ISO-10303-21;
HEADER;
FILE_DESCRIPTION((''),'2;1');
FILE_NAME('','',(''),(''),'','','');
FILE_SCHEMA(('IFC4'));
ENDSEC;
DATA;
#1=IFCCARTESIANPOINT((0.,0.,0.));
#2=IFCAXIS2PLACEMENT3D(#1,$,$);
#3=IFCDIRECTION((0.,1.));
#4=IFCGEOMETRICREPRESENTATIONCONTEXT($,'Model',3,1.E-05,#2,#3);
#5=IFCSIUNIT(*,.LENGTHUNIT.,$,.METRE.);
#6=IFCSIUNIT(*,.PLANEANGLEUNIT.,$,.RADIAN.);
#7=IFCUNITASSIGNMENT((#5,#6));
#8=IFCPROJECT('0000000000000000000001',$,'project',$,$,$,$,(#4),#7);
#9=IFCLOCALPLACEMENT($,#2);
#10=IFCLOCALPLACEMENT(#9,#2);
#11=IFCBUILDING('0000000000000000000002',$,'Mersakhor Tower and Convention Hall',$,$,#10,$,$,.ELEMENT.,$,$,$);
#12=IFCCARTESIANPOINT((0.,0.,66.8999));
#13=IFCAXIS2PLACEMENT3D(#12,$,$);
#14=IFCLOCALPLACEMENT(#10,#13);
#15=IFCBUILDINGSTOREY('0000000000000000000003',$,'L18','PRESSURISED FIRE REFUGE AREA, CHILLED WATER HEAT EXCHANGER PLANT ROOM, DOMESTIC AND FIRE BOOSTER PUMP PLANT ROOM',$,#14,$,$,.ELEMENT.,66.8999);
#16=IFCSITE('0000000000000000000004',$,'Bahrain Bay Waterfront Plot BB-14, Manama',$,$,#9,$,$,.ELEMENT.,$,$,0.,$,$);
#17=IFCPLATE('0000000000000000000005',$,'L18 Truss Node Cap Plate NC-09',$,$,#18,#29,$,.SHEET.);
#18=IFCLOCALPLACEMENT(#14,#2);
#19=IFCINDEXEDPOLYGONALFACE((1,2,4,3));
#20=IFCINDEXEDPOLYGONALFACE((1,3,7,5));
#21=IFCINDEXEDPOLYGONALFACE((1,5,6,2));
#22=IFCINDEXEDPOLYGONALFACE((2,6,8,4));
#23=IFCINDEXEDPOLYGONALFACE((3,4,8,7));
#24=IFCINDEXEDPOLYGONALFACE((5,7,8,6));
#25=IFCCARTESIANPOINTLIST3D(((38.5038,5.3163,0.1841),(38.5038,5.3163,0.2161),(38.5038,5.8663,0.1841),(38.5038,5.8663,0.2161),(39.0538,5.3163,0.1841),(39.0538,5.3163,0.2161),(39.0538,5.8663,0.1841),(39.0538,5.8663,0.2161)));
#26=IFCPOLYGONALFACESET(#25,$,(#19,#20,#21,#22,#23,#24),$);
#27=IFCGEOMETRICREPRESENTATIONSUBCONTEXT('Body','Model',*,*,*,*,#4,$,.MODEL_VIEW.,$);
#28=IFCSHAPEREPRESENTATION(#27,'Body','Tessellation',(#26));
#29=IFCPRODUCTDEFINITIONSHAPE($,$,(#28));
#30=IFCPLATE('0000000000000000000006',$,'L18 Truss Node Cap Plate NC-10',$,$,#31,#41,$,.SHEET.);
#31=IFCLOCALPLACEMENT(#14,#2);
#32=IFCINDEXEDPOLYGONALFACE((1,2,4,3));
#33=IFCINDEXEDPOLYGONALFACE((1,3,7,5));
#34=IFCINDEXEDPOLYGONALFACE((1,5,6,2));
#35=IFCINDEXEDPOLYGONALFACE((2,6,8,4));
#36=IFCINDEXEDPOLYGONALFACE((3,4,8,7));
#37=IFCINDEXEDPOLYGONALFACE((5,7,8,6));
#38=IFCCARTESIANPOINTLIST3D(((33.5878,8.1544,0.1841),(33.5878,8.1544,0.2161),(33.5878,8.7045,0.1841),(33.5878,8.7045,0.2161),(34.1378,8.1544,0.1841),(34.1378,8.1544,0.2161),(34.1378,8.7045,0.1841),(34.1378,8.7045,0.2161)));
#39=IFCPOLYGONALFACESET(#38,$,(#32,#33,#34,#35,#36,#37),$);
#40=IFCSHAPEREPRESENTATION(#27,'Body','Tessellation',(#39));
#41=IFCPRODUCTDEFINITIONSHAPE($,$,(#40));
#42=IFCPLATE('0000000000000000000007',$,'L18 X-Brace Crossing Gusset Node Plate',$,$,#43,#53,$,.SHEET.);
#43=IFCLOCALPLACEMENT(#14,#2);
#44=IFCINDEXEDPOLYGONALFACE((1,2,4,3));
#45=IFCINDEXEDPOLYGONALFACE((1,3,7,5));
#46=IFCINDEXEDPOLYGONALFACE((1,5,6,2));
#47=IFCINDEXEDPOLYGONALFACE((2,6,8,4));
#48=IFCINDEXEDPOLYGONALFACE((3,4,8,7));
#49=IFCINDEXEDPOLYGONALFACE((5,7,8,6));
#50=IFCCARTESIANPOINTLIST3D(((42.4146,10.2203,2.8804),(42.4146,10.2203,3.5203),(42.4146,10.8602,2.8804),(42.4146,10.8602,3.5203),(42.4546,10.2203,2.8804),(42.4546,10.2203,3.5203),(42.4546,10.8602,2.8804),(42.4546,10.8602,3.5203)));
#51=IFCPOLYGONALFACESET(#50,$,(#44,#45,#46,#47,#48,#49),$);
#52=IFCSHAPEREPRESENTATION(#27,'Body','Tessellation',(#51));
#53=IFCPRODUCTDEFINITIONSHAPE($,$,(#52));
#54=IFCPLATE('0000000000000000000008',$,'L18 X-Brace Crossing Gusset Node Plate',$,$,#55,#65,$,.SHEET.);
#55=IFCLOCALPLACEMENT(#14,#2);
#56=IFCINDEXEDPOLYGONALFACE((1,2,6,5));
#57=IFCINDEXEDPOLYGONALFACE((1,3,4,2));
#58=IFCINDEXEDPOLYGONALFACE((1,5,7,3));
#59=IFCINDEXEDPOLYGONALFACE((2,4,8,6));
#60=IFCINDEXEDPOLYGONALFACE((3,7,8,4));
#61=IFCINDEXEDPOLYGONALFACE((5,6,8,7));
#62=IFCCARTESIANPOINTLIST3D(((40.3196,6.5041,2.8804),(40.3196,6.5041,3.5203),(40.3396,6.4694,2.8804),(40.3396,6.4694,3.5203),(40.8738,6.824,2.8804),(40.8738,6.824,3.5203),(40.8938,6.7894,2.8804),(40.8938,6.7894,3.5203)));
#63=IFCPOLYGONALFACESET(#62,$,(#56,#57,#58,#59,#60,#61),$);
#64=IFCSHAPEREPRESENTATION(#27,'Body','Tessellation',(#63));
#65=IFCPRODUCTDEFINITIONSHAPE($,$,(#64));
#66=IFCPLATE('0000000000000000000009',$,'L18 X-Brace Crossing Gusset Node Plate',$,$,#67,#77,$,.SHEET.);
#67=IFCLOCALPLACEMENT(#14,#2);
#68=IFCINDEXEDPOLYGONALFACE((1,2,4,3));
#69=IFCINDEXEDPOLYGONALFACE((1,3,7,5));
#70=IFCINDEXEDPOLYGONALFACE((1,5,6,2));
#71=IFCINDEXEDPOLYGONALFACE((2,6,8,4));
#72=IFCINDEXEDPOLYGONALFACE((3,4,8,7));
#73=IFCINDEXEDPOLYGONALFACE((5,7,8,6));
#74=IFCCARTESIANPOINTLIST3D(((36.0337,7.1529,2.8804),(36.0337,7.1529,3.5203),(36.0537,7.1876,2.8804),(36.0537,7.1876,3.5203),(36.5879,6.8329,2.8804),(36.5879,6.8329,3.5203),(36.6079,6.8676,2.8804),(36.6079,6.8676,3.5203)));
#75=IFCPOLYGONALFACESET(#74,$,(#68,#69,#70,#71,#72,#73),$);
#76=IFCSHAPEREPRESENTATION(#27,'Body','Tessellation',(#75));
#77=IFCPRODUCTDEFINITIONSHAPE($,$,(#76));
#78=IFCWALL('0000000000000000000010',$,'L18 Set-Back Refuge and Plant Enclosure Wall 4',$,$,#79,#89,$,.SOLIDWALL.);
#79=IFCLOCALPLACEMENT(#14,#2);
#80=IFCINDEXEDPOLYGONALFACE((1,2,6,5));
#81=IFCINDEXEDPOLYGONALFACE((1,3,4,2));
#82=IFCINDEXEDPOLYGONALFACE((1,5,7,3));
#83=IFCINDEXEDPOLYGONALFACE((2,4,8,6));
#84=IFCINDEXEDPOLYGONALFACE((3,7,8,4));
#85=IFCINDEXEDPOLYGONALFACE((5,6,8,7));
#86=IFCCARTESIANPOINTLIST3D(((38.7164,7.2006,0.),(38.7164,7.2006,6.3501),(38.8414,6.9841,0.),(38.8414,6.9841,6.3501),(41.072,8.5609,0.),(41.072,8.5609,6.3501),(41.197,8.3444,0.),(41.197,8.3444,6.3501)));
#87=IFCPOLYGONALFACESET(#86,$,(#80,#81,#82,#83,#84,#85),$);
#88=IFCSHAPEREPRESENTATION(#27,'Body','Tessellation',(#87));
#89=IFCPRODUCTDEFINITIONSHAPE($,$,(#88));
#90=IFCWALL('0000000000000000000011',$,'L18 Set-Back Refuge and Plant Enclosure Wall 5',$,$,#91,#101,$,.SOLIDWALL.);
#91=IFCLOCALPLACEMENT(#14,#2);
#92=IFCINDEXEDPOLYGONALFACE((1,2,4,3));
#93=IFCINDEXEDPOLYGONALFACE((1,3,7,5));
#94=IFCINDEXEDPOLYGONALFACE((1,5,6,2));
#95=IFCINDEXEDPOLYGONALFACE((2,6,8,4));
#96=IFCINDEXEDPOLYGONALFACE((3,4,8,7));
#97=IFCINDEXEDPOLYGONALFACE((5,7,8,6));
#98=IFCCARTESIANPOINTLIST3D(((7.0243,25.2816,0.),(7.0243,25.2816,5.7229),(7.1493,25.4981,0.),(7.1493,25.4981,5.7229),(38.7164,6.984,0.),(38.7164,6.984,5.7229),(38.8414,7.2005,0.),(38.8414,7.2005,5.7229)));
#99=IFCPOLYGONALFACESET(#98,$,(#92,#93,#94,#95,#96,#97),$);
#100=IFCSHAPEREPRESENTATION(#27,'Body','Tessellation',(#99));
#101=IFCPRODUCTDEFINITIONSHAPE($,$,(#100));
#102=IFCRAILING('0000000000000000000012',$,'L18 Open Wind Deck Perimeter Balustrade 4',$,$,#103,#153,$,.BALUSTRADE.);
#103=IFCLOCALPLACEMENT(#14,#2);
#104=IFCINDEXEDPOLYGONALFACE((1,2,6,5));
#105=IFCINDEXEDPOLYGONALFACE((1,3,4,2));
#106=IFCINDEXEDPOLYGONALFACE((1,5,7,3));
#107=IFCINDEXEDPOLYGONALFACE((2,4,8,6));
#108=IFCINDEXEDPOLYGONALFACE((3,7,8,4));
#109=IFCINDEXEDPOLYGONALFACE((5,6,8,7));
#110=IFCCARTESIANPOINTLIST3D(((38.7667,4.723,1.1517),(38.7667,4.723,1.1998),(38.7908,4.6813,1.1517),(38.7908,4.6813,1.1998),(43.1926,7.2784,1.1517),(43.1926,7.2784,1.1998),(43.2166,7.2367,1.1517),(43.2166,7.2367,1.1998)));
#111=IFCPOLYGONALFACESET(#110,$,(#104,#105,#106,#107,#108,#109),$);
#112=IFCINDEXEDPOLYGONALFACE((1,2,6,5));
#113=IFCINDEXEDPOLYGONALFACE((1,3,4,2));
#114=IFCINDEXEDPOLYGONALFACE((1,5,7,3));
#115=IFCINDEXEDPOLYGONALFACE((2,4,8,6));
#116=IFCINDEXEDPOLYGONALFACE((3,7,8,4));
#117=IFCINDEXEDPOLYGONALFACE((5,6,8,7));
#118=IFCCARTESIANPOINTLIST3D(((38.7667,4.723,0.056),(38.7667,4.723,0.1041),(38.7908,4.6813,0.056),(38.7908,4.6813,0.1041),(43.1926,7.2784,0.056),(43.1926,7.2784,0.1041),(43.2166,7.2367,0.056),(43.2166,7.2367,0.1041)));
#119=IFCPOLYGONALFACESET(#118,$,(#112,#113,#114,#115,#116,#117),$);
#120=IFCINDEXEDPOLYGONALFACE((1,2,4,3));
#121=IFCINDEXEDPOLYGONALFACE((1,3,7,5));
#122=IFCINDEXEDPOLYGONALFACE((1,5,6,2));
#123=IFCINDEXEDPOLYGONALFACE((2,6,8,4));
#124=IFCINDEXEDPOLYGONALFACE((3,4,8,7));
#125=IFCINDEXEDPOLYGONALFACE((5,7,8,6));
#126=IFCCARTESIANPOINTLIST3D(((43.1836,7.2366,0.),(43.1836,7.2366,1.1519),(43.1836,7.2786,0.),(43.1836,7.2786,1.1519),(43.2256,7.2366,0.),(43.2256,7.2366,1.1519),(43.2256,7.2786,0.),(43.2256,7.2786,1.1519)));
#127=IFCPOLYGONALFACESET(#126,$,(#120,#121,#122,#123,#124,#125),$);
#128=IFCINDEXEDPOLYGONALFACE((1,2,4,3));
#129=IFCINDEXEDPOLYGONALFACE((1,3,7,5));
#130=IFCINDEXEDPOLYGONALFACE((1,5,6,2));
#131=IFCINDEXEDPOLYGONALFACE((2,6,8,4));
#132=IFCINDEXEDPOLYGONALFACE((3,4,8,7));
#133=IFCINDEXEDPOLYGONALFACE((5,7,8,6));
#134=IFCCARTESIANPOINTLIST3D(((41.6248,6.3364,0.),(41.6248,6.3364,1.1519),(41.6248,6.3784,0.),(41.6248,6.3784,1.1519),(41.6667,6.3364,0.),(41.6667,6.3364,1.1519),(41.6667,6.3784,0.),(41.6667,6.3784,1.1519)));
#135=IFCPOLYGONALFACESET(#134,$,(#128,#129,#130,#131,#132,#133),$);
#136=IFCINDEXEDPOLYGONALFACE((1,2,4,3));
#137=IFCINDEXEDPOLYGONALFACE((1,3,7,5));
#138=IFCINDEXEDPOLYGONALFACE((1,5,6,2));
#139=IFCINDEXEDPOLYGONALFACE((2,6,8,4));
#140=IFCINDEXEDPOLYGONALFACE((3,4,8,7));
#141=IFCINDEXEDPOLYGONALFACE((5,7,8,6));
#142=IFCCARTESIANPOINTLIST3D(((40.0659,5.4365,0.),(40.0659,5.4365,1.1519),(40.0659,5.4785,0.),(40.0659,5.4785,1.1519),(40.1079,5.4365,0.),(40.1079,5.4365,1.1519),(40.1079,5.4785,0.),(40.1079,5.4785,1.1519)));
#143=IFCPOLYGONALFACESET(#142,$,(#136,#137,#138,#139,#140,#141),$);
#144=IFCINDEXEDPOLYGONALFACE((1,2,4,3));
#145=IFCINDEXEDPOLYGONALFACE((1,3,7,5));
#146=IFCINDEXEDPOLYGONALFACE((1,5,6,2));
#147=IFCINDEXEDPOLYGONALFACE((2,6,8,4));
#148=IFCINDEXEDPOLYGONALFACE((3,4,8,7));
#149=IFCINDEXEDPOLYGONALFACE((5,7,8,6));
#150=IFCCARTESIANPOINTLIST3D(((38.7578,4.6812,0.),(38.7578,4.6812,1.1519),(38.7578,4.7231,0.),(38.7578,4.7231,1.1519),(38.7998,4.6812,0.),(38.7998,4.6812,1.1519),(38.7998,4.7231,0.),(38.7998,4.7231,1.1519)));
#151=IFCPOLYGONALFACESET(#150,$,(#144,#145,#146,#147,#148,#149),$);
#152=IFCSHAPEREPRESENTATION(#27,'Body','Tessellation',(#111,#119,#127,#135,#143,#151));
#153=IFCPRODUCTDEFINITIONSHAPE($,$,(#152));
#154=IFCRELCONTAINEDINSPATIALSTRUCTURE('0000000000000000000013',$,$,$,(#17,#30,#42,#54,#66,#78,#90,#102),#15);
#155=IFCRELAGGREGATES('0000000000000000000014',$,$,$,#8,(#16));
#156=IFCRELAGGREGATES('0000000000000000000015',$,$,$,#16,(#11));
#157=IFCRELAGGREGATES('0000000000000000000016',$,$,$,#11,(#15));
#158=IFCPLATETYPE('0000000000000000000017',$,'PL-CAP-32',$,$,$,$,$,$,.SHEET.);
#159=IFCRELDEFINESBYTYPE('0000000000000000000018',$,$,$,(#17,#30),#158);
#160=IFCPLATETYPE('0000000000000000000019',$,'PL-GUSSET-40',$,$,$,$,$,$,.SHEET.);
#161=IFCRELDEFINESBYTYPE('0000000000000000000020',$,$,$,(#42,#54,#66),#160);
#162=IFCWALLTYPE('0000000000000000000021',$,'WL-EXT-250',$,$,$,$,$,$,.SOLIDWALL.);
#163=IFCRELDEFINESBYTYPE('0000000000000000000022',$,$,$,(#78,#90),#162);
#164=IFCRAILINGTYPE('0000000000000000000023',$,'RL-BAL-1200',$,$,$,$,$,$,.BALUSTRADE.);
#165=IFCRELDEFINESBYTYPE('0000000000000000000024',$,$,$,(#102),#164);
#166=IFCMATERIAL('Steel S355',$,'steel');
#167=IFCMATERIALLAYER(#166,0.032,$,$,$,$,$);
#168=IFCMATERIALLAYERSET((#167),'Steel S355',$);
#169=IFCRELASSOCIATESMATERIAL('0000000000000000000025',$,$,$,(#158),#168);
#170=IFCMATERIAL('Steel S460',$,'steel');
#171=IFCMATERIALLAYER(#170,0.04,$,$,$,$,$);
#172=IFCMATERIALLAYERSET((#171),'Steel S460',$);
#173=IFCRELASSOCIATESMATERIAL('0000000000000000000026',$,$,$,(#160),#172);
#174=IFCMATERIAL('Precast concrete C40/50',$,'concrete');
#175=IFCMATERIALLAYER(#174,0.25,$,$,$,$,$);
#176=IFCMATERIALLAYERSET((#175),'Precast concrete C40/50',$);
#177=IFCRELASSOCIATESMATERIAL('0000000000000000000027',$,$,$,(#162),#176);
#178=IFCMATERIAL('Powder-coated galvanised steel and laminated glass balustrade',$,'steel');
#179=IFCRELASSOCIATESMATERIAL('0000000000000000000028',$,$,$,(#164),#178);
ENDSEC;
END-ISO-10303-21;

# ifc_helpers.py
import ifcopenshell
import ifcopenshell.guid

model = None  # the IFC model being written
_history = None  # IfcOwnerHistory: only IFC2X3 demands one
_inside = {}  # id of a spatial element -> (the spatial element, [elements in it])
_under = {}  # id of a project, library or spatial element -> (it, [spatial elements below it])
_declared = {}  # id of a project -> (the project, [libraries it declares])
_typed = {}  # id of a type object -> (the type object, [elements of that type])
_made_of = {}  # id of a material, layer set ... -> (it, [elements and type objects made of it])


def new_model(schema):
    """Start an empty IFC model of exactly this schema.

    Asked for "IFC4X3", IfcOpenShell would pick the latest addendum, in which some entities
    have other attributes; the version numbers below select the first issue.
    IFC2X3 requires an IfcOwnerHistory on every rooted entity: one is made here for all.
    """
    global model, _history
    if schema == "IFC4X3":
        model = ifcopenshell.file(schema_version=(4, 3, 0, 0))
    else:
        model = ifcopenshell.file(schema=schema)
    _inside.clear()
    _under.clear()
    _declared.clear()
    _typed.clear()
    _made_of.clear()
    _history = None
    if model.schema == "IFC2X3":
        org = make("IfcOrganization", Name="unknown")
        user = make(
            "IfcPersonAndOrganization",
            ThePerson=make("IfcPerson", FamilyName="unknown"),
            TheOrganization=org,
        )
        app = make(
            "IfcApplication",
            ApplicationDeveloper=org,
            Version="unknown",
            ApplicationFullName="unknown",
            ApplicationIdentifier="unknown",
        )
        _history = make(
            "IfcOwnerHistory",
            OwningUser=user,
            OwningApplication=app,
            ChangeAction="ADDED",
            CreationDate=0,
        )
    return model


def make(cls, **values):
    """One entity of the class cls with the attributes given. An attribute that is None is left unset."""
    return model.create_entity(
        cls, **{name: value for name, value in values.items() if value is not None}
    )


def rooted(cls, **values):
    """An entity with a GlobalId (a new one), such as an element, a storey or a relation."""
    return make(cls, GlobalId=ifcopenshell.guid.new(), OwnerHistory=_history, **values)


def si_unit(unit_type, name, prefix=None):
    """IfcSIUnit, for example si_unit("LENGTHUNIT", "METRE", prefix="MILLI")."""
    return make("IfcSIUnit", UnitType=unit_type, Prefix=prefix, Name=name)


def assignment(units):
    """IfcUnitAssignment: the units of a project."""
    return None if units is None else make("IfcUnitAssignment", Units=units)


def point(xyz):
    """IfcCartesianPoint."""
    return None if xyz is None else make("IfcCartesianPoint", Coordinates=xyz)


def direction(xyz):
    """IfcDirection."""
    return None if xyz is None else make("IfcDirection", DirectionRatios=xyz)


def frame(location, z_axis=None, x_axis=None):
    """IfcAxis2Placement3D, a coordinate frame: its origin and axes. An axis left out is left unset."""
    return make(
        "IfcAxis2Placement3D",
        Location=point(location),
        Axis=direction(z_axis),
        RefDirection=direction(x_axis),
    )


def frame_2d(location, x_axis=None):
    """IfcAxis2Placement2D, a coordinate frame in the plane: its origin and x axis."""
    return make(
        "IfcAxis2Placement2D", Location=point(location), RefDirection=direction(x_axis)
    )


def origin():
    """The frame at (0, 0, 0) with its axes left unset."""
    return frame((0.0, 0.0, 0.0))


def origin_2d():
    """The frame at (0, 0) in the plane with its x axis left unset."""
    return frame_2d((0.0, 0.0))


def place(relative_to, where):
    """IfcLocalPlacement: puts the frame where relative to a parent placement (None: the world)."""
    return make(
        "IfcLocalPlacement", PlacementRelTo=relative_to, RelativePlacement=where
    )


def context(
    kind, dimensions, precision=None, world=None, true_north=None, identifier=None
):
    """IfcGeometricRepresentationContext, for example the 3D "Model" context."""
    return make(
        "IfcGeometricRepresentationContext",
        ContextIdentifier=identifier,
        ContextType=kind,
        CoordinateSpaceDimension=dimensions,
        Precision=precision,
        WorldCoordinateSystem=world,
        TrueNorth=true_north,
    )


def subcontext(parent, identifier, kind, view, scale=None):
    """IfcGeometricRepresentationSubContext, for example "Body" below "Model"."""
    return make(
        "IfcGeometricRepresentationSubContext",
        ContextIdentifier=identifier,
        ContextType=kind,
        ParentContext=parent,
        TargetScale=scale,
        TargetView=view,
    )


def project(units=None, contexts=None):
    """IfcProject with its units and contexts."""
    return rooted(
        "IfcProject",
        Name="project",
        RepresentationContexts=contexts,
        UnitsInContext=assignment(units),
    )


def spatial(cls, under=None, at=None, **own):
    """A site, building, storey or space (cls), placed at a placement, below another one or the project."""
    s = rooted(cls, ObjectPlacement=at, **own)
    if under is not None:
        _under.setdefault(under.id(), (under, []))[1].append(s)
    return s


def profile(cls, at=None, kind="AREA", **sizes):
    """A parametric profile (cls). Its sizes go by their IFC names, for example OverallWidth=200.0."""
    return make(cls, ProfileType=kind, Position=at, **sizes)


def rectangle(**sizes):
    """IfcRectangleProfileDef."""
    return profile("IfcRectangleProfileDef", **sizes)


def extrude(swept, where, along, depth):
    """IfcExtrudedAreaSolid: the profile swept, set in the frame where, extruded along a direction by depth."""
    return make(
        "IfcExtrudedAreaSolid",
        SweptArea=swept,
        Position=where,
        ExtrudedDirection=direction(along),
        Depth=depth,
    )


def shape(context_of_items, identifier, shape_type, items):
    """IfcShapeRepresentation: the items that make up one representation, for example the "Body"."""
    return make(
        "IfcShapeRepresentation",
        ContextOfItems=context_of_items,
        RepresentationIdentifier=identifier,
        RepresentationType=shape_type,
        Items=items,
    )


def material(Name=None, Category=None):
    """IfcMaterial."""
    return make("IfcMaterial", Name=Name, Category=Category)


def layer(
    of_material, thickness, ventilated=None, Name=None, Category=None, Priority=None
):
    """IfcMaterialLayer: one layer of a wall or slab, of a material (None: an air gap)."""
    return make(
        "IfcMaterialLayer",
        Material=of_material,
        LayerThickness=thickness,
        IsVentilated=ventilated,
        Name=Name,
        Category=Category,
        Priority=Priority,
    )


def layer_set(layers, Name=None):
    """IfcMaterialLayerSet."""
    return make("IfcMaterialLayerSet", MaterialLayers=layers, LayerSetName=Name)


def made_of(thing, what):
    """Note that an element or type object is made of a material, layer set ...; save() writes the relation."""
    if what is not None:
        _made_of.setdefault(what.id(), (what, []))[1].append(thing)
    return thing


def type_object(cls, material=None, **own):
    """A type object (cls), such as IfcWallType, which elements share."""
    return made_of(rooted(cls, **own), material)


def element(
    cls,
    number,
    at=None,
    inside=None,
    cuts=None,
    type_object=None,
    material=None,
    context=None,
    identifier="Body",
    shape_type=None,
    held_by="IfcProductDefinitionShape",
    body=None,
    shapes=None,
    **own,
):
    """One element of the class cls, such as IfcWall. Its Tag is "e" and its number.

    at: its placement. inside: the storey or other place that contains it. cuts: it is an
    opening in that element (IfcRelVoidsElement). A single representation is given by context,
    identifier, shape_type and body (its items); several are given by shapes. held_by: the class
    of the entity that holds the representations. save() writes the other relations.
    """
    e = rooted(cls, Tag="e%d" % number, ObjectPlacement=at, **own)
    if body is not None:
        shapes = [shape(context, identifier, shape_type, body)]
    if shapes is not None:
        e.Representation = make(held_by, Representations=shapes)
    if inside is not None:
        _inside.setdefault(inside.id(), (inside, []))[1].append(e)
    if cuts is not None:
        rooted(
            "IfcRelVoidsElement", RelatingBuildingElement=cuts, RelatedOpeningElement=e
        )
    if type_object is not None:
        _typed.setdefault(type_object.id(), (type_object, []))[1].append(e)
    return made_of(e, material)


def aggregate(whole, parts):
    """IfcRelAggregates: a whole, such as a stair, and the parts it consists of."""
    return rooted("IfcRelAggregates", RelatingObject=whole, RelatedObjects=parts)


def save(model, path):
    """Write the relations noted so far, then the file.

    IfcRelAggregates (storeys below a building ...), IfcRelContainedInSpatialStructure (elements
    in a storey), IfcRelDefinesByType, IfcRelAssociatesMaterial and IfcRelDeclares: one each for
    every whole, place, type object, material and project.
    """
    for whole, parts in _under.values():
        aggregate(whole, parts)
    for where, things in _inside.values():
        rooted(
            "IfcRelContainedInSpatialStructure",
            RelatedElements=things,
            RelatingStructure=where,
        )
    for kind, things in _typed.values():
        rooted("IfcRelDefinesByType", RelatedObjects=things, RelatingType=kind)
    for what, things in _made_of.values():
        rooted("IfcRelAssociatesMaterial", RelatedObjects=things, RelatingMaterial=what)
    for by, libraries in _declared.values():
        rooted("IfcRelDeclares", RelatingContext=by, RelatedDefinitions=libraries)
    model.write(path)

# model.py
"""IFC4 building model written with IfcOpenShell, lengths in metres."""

from ifc_helpers import new_model, si_unit, direction, frame, frame_2d, origin, origin_2d, place, context, subcontext, project, spatial, rectangle, extrude, material, layer, layer_set, type_object, element, save


model = new_model("IFC4")

# Units and contexts
model_context = context("Model", 3, precision=1e-05, world=origin(), true_north=direction((0.0, 1.0)))
body_context = subcontext(model_context, "Body", "Model", "MODEL_VIEW")
ifc_project = project(units=[si_unit("LENGTHUNIT", "METRE"), si_unit("PLANEANGLEUNIT", "RADIAN")], contexts=[model_context])

# Site, building, storey
site_placement = place(None, origin())
site = spatial("IfcSite", under=ifc_project, at=site_placement, Name="Bahrain Bay Waterfront Plot BB-14, Manama", CompositionType="ELEMENT", RefElevation=0.0)
building_placement = place(site_placement, origin())
building = spatial("IfcBuilding", under=site, at=building_placement, Name="Mersakhor Tower and Convention Hall", CompositionType="ELEMENT")
storey_placement = place(building_placement, frame((0.0, 0.0, 66.8999)))
storey = spatial("IfcBuildingStorey", under=building, at=storey_placement, Name="L18", Description="PRESSURISED FIRE REFUGE AREA, CHILLED WATER HEAT EXCHANGER PLANT ROOM, DOMESTIC AND FIRE BOOSTER PUMP PLANT ROOM", CompositionType="ELEMENT", Elevation=66.8999)

# Plates
ifc_material_1 = material(Name="Steel S355", Category="steel")
ifc_layer_1 = layer(ifc_material_1, 0.032)
ifc_layer_set_1 = layer_set([ifc_layer_1], Name="Steel S355")
plate_type_1 = type_object("IfcPlateType", Name="PL-CAP-32", PredefinedType="SHEET", material=ifc_layer_set_1)
for number, where, z_axis, x_axis, name in (
    (1, (38.7788, 5.5913, 0.1841), (0.0, 0.0, 1.0), (1.0, 0.0, 0.0), "L18 Truss Node Cap Plate NC-09"),
    (2, (33.8628, 8.4294, 0.1841), (0.0, 0.0, 1.0), (1.0, 0.0, 0.0), "L18 Truss Node Cap Plate NC-10"),
):
    element("IfcPlate", number, at=place(storey_placement, frame(where, z_axis=z_axis, x_axis=x_axis)), inside=storey, type_object=plate_type_1, Name=name, PredefinedType="SHEET", context=body_context, shape_type="SweptSolid", body=[
        extrude(rectangle(XDim=0.55, YDim=0.55, at=origin_2d()), origin(), (0.0, 0.0, 1.0), 0.032),
    ])
ifc_material_2 = material(Name="Steel S460", Category="steel")
ifc_layer_2 = layer(ifc_material_2, 0.04)
ifc_layer_set_2 = layer_set([ifc_layer_2], Name="Steel S460")
plate_type_2 = type_object("IfcPlateType", Name="PL-GUSSET-40", PredefinedType="SHEET", material=ifc_layer_set_2)
for number, where, z_axis, x_axis, name in (
    (3, (42.4346, 10.5403, 2.8804), (0.0, 0.0, 1.0), (0.0, 1.0, 0.0), "L18 X-Brace Crossing Gusset Node Plate"),
    (4, (40.6067, 6.6467, 2.8804), (0.0, 0.0, 1.0), (0.866025, 0.5, 0.0), "L18 X-Brace Crossing Gusset Node Plate"),
    (5, (36.3208, 7.0103, 2.8804), (0.0, 0.0, 1.0), (0.866025, -0.5, 0.0), "L18 X-Brace Crossing Gusset Node Plate"),
):
    element("IfcPlate", number, at=place(storey_placement, frame(where, z_axis=z_axis, x_axis=x_axis)), inside=storey, type_object=plate_type_2, Name=name, PredefinedType="SHEET", context=body_context, shape_type="SweptSolid", body=[
        extrude(rectangle(XDim=0.6399, YDim=0.04, at=origin_2d()), origin(), (0.0, 0.0, 1.0), 0.6399),
    ])

# Walls
ifc_material_3 = material(Name="Precast concrete C40/50", Category="concrete")
ifc_layer_3 = layer(ifc_material_3, 0.25)
ifc_layer_set_3 = layer_set([ifc_layer_3], Name="Precast concrete C40/50")
wall_type = type_object("IfcWallType", Name="WL-EXT-250", PredefinedType="SOLIDWALL", material=ifc_layer_set_3)
wall_1_placement = place(storey_placement, frame((41.1345, 8.4526, 0.0), z_axis=(0.0, 0.0, 1.0), x_axis=(-0.865981, -0.500077, 0.0)))
element("IfcWall", 6, at=wall_1_placement, inside=storey, type_object=wall_type, Name="L18 Set-Back Refuge and Plant Enclosure Wall 4", PredefinedType="SOLIDWALL", context=body_context, shape_type="SweptSolid", body=[
    extrude(rectangle(XDim=2.7202, YDim=0.25, at=frame_2d((1.3601, 0.0))), origin(), (0.0, 0.0, 1.0), 6.3501),
])
wall_2_placement = place(storey_placement, frame((38.7788, 7.0923, 0.0), z_axis=(0.0, 0.0, 1.0), x_axis=(-0.866024, 0.500003, 0.0)))
element("IfcWall", 7, at=wall_2_placement, inside=storey, type_object=wall_type, Name="L18 Set-Back Refuge and Plant Enclosure Wall 5", PredefinedType="SOLIDWALL", context=body_context, shape_type="SweptSolid", body=[
    extrude(rectangle(XDim=36.595, YDim=0.25, at=frame_2d((18.2974, 0.0))), origin(), (0.0, 0.0, 1.0), 5.7229),
])

# Railing
ifc_material_4 = material(Name="Powder-coated galvanised steel and laminated glass balustrade", Category="steel")
railing_type = type_object("IfcRailingType", Name="RL-BAL-1200", PredefinedType="BALUSTRADE", material=ifc_material_4)
railing_1_placement = place(storey_placement, frame((43.2046, 7.2576, 0.0)))
element("IfcRailing", 8, at=railing_1_placement, inside=storey, type_object=railing_type, Name="L18 Open Wind Deck Perimeter Balustrade 4", PredefinedType="BALUSTRADE", context=body_context, shape_type="SweptSolid", body=[
    extrude(rectangle(XDim=0.0481, YDim=0.0481, at=origin_2d()), frame((0.0, 0.0, 1.1758), z_axis=(-0.866009, -0.500028, 0.0), x_axis=(0.500028, -0.866009, 0.0)), (0.0, 0.0, 1.0), 5.1106),
    extrude(rectangle(XDim=0.0481, YDim=0.0481, at=origin_2d()), frame((0.0, 0.0, 0.0801), z_axis=(-0.866009, -0.500028, 0.0), x_axis=(0.500028, -0.866009, 0.0)), (0.0, 0.0, 1.0), 5.1106),
    extrude(rectangle(XDim=0.042, YDim=0.042, at=origin_2d()), origin(), (0.0, 0.0, 1.0), 1.1519),
    extrude(rectangle(XDim=0.042, YDim=0.042, at=origin_2d()), frame((-1.5588, -0.9001, 0.0)), (0.0, 0.0, 1.0), 1.1519),
    extrude(rectangle(XDim=0.042, YDim=0.042, at=origin_2d()), frame((-3.1177, -1.8, 0.0)), (0.0, 0.0, 1.0), 1.1519),
    extrude(rectangle(XDim=0.042, YDim=0.042, at=origin_2d()), frame((-4.4258, -2.5554, 0.0)), (0.0, 0.0, 1.0), 1.1519),
])

save(model, "model.ifc")
